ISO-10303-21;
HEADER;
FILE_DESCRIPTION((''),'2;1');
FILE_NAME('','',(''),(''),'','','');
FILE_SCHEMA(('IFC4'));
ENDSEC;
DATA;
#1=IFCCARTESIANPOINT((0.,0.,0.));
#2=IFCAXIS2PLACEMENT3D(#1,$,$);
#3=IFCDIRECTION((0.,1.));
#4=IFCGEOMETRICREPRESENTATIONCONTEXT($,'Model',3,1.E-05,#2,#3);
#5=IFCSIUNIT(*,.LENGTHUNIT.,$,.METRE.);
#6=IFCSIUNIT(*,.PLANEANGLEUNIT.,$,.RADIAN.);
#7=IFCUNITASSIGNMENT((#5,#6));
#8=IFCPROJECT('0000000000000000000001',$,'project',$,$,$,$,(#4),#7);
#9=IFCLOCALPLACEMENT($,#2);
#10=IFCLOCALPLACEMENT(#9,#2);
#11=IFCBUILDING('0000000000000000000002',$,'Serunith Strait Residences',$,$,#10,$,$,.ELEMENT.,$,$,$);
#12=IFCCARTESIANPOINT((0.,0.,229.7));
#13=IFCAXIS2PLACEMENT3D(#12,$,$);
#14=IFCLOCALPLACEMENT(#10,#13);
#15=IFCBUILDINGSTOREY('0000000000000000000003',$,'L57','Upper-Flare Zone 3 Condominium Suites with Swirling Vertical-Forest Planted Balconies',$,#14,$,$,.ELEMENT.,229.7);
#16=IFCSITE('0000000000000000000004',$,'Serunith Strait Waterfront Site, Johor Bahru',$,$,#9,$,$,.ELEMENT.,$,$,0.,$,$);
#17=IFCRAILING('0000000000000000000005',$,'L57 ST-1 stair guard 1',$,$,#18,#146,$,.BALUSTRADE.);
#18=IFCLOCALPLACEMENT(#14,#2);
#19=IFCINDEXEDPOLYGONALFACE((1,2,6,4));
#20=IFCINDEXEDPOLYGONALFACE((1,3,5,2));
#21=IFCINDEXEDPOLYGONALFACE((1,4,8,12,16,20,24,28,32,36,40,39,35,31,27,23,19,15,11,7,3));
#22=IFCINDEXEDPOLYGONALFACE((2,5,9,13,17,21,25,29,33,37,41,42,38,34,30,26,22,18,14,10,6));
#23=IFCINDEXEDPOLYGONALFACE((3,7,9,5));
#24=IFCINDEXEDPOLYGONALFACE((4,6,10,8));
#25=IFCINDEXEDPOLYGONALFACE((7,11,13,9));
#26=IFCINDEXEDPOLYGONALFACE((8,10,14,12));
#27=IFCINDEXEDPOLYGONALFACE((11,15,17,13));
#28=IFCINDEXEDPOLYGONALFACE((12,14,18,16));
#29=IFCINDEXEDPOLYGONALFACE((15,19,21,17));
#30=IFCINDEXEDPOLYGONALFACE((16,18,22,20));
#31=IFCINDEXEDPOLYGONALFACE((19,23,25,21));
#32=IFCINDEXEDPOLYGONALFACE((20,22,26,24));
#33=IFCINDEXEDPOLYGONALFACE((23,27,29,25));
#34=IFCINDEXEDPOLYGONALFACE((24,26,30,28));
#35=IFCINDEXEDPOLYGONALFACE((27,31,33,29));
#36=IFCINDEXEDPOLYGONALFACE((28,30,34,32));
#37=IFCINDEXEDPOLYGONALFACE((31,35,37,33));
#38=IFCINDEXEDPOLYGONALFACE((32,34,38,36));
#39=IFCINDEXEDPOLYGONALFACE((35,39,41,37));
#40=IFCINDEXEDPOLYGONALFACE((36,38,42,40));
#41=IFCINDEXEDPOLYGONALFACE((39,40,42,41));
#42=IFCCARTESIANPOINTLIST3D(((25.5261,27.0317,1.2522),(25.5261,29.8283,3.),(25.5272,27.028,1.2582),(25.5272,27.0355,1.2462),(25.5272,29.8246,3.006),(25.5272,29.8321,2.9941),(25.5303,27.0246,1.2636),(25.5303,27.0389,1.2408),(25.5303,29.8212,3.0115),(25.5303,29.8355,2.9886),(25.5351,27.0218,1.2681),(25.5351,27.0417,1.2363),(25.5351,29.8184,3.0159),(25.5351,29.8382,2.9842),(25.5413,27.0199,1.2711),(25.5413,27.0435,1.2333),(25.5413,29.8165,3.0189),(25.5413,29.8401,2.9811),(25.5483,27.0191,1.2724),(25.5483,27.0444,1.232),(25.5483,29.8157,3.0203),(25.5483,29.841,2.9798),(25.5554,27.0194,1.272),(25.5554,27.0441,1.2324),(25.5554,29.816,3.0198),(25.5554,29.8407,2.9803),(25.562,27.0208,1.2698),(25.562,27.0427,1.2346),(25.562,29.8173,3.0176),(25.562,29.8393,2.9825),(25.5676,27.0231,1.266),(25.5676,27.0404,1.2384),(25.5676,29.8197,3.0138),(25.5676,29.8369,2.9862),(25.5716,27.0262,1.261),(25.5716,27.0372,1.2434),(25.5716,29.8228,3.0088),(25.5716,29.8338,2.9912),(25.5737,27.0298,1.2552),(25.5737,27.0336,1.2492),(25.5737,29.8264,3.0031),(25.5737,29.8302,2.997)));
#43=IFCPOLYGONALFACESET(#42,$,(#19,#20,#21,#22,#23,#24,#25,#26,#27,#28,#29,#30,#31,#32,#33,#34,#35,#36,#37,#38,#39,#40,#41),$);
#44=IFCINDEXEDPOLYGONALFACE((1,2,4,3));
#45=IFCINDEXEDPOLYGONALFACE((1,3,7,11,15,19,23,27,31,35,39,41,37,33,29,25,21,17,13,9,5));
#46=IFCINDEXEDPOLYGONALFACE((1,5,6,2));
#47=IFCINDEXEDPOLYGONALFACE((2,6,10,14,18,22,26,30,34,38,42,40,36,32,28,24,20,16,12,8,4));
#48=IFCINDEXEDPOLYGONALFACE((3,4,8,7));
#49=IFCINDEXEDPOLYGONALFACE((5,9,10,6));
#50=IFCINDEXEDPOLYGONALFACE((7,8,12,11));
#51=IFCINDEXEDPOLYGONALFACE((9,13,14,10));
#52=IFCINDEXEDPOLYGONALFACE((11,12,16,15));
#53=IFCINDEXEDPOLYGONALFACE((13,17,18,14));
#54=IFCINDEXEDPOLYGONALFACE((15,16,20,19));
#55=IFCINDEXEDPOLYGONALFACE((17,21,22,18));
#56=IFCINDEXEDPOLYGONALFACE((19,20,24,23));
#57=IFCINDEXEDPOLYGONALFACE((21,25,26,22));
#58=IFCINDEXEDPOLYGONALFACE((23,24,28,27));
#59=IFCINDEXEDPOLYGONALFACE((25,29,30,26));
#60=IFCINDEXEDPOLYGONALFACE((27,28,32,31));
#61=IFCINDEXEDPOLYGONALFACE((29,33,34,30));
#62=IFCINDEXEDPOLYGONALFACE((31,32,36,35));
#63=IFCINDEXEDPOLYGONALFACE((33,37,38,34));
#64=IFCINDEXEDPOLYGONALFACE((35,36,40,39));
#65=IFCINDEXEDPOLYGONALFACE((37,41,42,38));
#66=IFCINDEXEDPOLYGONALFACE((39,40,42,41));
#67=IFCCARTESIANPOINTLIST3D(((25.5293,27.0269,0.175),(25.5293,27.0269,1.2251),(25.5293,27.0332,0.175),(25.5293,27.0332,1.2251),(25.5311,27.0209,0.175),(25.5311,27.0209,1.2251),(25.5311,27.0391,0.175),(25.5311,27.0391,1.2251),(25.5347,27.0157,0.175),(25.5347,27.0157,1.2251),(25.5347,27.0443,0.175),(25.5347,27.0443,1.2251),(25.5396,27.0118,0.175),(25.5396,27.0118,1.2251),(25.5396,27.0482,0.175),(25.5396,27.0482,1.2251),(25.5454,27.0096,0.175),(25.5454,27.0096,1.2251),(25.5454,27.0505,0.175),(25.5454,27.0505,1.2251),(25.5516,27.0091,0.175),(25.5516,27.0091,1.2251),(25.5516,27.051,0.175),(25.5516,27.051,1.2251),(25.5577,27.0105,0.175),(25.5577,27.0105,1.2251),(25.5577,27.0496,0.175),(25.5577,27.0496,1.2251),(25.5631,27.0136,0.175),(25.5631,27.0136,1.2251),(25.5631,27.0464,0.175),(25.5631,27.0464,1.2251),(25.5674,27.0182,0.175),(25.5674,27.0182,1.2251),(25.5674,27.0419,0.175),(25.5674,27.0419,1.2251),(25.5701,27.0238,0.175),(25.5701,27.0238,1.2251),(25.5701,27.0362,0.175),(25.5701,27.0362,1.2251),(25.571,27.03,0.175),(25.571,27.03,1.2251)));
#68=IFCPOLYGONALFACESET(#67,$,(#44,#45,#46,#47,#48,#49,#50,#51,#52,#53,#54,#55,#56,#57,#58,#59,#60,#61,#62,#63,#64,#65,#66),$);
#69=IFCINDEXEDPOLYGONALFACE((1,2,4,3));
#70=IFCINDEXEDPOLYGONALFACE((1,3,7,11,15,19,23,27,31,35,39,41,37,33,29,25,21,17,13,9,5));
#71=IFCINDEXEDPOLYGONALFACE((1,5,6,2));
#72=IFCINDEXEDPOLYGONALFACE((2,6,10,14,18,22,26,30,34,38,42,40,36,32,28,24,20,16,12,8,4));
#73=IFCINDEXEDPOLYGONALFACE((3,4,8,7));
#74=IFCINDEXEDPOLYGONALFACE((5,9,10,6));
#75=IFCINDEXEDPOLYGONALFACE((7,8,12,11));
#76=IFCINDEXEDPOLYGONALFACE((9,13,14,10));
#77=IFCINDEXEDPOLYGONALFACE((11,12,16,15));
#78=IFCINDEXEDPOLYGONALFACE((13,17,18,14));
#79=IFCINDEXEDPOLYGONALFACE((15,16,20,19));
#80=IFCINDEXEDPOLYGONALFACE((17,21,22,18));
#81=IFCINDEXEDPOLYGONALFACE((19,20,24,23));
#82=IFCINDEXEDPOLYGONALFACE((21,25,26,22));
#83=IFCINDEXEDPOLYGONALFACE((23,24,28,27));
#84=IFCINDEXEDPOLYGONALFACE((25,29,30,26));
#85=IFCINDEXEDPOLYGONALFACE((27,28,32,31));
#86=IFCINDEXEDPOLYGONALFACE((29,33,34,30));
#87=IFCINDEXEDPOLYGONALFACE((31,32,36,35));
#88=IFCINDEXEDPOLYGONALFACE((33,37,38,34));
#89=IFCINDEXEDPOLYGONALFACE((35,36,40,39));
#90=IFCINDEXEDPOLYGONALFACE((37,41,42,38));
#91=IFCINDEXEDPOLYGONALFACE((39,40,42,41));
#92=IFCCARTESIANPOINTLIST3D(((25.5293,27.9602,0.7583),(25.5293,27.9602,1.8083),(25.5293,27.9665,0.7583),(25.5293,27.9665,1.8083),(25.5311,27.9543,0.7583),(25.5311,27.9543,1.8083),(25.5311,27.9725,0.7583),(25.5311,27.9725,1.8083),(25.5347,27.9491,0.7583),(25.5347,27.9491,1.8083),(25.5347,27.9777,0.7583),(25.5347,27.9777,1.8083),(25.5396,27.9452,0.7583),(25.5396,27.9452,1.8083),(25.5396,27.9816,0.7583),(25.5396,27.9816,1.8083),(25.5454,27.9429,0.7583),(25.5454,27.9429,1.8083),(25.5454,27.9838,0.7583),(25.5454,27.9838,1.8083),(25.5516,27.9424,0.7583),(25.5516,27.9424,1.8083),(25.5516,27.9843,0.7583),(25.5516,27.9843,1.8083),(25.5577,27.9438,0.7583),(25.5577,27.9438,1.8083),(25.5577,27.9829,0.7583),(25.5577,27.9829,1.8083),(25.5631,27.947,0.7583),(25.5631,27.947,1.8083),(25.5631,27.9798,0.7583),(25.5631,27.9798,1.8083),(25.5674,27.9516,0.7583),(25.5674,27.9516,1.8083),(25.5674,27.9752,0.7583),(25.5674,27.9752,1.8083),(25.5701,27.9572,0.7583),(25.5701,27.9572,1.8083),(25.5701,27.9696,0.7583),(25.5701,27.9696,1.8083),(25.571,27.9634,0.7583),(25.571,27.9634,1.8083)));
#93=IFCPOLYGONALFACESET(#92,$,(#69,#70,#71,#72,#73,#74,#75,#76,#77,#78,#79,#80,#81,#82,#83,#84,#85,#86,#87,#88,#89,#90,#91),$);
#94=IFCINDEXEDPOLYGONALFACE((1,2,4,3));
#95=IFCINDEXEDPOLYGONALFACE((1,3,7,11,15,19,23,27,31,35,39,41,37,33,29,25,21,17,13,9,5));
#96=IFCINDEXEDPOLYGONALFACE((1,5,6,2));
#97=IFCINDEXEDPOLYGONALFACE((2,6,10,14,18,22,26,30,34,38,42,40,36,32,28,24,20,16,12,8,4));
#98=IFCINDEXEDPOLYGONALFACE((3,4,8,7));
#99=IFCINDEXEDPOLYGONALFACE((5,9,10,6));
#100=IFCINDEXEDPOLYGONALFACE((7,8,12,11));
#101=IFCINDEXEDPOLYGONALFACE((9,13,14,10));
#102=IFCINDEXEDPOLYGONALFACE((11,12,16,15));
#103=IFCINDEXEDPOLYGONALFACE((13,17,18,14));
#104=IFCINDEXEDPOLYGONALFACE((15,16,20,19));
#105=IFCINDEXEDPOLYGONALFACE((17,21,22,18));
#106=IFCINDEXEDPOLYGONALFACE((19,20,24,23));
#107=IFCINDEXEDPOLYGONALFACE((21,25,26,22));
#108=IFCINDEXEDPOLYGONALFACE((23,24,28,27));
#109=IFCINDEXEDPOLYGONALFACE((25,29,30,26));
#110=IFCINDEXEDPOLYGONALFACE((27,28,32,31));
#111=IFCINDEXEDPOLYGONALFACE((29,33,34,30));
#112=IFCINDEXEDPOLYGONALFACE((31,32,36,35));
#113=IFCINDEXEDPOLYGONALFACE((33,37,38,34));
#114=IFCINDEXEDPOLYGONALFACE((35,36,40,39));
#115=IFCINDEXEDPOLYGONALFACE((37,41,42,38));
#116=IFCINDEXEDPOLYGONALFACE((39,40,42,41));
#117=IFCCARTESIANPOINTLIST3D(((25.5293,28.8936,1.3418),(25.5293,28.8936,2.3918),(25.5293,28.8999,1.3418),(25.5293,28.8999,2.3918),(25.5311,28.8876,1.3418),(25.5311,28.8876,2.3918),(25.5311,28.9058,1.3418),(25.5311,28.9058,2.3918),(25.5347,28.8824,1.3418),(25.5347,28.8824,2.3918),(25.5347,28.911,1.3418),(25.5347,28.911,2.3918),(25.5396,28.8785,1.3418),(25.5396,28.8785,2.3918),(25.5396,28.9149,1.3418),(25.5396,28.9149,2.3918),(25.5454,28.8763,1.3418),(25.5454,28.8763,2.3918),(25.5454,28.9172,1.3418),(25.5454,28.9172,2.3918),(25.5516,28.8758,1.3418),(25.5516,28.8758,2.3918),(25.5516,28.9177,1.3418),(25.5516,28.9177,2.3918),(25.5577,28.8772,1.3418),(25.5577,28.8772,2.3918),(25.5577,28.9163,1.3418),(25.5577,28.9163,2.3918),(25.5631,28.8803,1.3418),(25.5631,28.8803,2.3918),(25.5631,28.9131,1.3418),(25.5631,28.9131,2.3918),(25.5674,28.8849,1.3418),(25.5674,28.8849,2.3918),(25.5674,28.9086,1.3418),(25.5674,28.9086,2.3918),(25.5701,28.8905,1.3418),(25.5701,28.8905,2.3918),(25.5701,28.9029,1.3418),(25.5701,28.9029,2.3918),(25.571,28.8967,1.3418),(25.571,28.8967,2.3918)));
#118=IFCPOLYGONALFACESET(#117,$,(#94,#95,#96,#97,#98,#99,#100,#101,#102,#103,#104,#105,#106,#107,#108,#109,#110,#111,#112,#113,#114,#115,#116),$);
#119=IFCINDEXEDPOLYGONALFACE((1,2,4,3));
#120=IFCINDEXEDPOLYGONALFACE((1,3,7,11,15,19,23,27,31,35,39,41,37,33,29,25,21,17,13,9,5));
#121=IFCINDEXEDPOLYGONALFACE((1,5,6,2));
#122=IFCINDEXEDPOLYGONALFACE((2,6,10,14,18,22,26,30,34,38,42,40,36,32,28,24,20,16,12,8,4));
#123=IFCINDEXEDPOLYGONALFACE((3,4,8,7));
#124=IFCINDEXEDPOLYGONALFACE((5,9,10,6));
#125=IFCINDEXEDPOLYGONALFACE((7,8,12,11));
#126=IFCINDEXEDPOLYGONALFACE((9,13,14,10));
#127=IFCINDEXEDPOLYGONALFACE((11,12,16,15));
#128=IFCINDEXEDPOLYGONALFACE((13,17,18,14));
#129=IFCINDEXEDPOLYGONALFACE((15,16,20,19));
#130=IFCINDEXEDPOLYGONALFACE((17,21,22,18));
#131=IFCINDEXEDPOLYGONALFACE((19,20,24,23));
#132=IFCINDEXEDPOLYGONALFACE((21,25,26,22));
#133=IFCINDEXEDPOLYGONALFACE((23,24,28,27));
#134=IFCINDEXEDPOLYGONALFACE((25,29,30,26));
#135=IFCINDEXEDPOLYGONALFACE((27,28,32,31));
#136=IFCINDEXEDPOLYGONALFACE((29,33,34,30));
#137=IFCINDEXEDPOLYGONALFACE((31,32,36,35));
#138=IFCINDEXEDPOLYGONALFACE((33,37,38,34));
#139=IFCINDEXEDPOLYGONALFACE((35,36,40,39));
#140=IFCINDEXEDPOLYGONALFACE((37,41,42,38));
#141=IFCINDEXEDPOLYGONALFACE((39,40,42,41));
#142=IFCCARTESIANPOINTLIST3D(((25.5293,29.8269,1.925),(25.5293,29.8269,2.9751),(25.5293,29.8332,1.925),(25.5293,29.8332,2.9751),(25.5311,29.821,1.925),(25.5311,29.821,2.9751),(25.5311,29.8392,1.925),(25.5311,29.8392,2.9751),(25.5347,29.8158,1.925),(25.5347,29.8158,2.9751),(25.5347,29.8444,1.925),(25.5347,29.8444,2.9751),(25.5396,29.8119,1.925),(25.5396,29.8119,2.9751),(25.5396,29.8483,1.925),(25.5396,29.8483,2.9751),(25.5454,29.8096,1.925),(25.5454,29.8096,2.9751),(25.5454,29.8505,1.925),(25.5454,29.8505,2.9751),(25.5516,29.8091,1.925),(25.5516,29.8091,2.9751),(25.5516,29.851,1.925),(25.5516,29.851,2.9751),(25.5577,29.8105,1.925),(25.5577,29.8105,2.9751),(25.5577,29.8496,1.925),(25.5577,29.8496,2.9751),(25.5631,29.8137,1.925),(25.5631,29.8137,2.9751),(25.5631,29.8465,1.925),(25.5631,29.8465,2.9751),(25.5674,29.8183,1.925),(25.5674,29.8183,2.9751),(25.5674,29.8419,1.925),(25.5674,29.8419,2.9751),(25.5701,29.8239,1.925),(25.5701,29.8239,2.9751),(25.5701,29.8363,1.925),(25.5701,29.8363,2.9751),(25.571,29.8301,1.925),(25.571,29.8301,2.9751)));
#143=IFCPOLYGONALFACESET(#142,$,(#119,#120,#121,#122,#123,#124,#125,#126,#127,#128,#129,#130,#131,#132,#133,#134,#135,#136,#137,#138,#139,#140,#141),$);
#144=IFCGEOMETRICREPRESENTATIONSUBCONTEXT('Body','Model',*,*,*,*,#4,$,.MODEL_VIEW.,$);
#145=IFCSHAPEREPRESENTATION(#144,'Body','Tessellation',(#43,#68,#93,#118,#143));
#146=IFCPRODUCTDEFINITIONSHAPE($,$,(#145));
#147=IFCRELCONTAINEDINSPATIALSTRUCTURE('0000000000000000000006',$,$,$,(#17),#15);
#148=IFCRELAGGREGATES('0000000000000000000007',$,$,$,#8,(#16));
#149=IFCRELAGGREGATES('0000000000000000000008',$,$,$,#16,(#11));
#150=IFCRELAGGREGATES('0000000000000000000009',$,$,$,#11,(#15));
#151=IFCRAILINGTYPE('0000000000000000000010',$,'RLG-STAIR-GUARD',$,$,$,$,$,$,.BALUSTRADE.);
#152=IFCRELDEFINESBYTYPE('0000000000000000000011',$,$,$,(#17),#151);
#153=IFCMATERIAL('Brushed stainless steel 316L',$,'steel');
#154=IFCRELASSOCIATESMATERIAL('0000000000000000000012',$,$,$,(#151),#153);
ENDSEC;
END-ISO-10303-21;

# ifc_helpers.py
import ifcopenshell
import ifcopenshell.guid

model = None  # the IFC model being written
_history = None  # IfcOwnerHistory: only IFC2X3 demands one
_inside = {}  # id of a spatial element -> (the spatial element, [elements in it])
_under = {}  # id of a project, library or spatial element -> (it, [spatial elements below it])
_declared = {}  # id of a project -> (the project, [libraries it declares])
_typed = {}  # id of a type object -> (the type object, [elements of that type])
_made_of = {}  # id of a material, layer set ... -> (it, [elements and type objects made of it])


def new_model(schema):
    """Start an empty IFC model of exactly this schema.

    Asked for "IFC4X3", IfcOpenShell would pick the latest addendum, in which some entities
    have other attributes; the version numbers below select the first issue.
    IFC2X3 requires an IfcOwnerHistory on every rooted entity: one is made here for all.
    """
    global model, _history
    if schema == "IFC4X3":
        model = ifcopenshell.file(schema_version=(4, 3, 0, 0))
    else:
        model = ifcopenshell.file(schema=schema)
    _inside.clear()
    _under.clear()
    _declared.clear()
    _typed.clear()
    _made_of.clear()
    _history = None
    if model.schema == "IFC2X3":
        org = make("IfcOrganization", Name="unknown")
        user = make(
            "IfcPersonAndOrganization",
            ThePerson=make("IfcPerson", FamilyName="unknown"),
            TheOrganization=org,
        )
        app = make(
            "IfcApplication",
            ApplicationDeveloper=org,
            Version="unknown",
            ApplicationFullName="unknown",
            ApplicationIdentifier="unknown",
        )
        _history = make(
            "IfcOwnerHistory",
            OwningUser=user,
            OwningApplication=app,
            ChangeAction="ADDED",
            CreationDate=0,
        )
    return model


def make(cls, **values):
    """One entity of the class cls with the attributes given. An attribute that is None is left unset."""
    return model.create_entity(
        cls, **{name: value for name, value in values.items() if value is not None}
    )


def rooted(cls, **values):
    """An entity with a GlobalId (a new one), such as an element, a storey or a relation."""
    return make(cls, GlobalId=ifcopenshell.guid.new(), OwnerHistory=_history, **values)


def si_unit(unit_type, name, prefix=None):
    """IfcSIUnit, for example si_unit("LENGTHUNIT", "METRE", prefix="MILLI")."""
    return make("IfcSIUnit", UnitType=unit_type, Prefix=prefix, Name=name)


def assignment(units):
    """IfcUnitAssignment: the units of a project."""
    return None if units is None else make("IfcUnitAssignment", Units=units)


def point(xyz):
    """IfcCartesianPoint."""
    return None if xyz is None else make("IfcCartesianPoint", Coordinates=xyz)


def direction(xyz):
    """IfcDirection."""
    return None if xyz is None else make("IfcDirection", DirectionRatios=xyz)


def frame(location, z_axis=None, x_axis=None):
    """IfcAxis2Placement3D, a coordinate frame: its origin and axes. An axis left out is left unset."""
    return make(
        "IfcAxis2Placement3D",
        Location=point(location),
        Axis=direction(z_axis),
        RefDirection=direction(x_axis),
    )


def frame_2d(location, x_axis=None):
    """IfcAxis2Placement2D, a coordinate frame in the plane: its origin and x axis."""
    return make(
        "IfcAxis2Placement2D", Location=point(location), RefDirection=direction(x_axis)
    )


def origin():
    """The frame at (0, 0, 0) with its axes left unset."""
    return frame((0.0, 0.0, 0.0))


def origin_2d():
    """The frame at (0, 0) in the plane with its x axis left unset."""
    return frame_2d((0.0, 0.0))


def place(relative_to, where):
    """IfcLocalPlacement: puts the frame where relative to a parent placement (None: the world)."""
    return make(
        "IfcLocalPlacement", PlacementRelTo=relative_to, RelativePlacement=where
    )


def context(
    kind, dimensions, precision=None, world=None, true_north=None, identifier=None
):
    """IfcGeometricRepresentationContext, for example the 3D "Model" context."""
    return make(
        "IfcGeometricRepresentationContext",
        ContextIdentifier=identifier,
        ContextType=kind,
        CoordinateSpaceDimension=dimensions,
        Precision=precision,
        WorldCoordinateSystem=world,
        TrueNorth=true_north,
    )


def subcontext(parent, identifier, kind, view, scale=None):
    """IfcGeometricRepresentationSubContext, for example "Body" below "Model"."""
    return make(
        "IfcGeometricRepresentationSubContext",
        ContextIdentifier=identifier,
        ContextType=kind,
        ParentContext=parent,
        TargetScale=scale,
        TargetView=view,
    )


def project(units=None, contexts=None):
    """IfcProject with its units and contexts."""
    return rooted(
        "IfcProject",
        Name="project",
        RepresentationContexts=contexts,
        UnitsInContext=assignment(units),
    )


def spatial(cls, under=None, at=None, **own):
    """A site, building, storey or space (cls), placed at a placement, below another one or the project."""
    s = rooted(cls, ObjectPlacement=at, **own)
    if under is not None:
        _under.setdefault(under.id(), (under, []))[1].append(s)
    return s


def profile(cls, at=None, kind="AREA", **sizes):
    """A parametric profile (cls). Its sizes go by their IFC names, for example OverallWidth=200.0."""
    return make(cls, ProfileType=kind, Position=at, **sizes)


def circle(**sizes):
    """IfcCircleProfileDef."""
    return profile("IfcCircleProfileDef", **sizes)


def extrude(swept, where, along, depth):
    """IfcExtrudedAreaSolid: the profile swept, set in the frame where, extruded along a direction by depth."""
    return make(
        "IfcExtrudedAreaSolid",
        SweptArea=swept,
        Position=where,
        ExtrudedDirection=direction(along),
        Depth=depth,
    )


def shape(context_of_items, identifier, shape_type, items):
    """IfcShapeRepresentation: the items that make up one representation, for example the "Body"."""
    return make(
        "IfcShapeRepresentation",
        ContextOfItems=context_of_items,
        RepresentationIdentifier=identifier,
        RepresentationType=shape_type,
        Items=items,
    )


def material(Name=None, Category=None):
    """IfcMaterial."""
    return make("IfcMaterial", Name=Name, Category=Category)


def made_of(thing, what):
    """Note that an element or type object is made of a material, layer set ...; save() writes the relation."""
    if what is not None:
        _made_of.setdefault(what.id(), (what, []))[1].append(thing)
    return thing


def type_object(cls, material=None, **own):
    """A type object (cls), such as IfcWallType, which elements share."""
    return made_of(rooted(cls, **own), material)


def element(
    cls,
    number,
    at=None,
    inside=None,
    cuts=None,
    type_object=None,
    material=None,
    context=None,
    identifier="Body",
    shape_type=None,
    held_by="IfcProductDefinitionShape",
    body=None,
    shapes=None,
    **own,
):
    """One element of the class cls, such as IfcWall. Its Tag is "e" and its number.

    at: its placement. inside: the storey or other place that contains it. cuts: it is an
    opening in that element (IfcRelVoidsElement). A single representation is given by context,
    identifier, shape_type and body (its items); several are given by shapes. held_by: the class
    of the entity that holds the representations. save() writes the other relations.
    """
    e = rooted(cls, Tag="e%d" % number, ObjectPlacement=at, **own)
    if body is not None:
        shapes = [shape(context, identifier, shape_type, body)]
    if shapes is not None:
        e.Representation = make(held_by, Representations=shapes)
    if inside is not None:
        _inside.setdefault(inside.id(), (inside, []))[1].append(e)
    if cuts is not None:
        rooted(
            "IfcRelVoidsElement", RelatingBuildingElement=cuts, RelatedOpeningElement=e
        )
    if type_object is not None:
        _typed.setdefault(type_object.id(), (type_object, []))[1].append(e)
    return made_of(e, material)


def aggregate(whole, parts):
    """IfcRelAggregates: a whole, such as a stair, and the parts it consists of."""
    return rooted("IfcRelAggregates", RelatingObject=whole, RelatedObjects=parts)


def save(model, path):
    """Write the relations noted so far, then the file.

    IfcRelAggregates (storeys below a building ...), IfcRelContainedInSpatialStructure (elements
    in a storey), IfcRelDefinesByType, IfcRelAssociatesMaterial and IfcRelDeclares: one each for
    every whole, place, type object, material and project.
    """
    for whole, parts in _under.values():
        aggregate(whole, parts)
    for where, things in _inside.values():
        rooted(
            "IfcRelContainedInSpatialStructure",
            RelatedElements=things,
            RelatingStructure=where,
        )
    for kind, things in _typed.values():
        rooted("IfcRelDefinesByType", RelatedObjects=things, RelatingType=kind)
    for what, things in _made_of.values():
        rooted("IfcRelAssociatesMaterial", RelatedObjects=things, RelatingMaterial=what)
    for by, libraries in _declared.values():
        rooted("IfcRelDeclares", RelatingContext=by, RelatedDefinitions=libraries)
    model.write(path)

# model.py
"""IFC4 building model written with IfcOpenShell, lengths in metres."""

from ifc_helpers import new_model, si_unit, direction, frame, origin, origin_2d, place, context, subcontext, project, spatial, circle, extrude, material, type_object, element, save


model = new_model("IFC4")

# Units and contexts
model_context = context("Model", 3, precision=1e-05, world=origin(), true_north=direction((0.0, 1.0)))
body_context = subcontext(model_context, "Body", "Model", "MODEL_VIEW")
ifc_project = project(units=[si_unit("LENGTHUNIT", "METRE"), si_unit("PLANEANGLEUNIT", "RADIAN")], contexts=[model_context])

# Site, building, storey
site_placement = place(None, origin())
site = spatial("IfcSite", under=ifc_project, at=site_placement, Name="Serunith Strait Waterfront Site, Johor Bahru", CompositionType="ELEMENT", RefElevation=0.0)
building_placement = place(site_placement, origin())
building = spatial("IfcBuilding", under=site, at=building_placement, Name="Serunith Strait Residences", CompositionType="ELEMENT")
storey_placement = place(building_placement, frame((0.0, 0.0, 229.7)))
storey = spatial("IfcBuildingStorey", under=building, at=storey_placement, Name="L57", Description="Upper-Flare Zone 3 Condominium Suites with Swirling Vertical-Forest Planted Balconies", CompositionType="ELEMENT", Elevation=229.7)

# Railing
ifc_material_1 = material(Name="Brushed stainless steel 316L", Category="steel")
railing_type_1 = type_object("IfcRailingType", Name="RLG-STAIR-GUARD", PredefinedType="BALUSTRADE", material=ifc_material_1)
railing_1_placement = place(storey_placement, frame((25.55, 27.03, 0.175)))
element("IfcRailing", 1, at=railing_1_placement, inside=storey, type_object=railing_type_1, Name="L57 ST-1 stair guard 1", PredefinedType="BALUSTRADE", context=body_context, shape_type="SweptSolid", body=[
    extrude(circle(Radius=0.0239, at=origin_2d()), frame((0.0, 0.0017, 1.0771), z_axis=(0.0, 0.848002, 0.529992), x_axis=(-1.0, 0.0, 0.0)), (0.0, 0.0, 1.0), 3.2979),
    extrude(circle(Radius=0.021, at=origin_2d()), origin(), (0.0, 0.0, 1.0), 1.05),
    extrude(circle(Radius=0.021, at=origin_2d()), frame((0.0, 0.9333, 0.5833)), (0.0, 0.0, 1.0), 1.05),
    extrude(circle(Radius=0.021, at=origin_2d()), frame((0.0, 1.8667, 1.1667)), (0.0, 0.0, 1.0), 1.05),
    extrude(circle(Radius=0.021, at=origin_2d()), frame((0.0, 2.8, 1.75)), (0.0, 0.0, 1.0), 1.05),
])

save(model, "model.ifc")
